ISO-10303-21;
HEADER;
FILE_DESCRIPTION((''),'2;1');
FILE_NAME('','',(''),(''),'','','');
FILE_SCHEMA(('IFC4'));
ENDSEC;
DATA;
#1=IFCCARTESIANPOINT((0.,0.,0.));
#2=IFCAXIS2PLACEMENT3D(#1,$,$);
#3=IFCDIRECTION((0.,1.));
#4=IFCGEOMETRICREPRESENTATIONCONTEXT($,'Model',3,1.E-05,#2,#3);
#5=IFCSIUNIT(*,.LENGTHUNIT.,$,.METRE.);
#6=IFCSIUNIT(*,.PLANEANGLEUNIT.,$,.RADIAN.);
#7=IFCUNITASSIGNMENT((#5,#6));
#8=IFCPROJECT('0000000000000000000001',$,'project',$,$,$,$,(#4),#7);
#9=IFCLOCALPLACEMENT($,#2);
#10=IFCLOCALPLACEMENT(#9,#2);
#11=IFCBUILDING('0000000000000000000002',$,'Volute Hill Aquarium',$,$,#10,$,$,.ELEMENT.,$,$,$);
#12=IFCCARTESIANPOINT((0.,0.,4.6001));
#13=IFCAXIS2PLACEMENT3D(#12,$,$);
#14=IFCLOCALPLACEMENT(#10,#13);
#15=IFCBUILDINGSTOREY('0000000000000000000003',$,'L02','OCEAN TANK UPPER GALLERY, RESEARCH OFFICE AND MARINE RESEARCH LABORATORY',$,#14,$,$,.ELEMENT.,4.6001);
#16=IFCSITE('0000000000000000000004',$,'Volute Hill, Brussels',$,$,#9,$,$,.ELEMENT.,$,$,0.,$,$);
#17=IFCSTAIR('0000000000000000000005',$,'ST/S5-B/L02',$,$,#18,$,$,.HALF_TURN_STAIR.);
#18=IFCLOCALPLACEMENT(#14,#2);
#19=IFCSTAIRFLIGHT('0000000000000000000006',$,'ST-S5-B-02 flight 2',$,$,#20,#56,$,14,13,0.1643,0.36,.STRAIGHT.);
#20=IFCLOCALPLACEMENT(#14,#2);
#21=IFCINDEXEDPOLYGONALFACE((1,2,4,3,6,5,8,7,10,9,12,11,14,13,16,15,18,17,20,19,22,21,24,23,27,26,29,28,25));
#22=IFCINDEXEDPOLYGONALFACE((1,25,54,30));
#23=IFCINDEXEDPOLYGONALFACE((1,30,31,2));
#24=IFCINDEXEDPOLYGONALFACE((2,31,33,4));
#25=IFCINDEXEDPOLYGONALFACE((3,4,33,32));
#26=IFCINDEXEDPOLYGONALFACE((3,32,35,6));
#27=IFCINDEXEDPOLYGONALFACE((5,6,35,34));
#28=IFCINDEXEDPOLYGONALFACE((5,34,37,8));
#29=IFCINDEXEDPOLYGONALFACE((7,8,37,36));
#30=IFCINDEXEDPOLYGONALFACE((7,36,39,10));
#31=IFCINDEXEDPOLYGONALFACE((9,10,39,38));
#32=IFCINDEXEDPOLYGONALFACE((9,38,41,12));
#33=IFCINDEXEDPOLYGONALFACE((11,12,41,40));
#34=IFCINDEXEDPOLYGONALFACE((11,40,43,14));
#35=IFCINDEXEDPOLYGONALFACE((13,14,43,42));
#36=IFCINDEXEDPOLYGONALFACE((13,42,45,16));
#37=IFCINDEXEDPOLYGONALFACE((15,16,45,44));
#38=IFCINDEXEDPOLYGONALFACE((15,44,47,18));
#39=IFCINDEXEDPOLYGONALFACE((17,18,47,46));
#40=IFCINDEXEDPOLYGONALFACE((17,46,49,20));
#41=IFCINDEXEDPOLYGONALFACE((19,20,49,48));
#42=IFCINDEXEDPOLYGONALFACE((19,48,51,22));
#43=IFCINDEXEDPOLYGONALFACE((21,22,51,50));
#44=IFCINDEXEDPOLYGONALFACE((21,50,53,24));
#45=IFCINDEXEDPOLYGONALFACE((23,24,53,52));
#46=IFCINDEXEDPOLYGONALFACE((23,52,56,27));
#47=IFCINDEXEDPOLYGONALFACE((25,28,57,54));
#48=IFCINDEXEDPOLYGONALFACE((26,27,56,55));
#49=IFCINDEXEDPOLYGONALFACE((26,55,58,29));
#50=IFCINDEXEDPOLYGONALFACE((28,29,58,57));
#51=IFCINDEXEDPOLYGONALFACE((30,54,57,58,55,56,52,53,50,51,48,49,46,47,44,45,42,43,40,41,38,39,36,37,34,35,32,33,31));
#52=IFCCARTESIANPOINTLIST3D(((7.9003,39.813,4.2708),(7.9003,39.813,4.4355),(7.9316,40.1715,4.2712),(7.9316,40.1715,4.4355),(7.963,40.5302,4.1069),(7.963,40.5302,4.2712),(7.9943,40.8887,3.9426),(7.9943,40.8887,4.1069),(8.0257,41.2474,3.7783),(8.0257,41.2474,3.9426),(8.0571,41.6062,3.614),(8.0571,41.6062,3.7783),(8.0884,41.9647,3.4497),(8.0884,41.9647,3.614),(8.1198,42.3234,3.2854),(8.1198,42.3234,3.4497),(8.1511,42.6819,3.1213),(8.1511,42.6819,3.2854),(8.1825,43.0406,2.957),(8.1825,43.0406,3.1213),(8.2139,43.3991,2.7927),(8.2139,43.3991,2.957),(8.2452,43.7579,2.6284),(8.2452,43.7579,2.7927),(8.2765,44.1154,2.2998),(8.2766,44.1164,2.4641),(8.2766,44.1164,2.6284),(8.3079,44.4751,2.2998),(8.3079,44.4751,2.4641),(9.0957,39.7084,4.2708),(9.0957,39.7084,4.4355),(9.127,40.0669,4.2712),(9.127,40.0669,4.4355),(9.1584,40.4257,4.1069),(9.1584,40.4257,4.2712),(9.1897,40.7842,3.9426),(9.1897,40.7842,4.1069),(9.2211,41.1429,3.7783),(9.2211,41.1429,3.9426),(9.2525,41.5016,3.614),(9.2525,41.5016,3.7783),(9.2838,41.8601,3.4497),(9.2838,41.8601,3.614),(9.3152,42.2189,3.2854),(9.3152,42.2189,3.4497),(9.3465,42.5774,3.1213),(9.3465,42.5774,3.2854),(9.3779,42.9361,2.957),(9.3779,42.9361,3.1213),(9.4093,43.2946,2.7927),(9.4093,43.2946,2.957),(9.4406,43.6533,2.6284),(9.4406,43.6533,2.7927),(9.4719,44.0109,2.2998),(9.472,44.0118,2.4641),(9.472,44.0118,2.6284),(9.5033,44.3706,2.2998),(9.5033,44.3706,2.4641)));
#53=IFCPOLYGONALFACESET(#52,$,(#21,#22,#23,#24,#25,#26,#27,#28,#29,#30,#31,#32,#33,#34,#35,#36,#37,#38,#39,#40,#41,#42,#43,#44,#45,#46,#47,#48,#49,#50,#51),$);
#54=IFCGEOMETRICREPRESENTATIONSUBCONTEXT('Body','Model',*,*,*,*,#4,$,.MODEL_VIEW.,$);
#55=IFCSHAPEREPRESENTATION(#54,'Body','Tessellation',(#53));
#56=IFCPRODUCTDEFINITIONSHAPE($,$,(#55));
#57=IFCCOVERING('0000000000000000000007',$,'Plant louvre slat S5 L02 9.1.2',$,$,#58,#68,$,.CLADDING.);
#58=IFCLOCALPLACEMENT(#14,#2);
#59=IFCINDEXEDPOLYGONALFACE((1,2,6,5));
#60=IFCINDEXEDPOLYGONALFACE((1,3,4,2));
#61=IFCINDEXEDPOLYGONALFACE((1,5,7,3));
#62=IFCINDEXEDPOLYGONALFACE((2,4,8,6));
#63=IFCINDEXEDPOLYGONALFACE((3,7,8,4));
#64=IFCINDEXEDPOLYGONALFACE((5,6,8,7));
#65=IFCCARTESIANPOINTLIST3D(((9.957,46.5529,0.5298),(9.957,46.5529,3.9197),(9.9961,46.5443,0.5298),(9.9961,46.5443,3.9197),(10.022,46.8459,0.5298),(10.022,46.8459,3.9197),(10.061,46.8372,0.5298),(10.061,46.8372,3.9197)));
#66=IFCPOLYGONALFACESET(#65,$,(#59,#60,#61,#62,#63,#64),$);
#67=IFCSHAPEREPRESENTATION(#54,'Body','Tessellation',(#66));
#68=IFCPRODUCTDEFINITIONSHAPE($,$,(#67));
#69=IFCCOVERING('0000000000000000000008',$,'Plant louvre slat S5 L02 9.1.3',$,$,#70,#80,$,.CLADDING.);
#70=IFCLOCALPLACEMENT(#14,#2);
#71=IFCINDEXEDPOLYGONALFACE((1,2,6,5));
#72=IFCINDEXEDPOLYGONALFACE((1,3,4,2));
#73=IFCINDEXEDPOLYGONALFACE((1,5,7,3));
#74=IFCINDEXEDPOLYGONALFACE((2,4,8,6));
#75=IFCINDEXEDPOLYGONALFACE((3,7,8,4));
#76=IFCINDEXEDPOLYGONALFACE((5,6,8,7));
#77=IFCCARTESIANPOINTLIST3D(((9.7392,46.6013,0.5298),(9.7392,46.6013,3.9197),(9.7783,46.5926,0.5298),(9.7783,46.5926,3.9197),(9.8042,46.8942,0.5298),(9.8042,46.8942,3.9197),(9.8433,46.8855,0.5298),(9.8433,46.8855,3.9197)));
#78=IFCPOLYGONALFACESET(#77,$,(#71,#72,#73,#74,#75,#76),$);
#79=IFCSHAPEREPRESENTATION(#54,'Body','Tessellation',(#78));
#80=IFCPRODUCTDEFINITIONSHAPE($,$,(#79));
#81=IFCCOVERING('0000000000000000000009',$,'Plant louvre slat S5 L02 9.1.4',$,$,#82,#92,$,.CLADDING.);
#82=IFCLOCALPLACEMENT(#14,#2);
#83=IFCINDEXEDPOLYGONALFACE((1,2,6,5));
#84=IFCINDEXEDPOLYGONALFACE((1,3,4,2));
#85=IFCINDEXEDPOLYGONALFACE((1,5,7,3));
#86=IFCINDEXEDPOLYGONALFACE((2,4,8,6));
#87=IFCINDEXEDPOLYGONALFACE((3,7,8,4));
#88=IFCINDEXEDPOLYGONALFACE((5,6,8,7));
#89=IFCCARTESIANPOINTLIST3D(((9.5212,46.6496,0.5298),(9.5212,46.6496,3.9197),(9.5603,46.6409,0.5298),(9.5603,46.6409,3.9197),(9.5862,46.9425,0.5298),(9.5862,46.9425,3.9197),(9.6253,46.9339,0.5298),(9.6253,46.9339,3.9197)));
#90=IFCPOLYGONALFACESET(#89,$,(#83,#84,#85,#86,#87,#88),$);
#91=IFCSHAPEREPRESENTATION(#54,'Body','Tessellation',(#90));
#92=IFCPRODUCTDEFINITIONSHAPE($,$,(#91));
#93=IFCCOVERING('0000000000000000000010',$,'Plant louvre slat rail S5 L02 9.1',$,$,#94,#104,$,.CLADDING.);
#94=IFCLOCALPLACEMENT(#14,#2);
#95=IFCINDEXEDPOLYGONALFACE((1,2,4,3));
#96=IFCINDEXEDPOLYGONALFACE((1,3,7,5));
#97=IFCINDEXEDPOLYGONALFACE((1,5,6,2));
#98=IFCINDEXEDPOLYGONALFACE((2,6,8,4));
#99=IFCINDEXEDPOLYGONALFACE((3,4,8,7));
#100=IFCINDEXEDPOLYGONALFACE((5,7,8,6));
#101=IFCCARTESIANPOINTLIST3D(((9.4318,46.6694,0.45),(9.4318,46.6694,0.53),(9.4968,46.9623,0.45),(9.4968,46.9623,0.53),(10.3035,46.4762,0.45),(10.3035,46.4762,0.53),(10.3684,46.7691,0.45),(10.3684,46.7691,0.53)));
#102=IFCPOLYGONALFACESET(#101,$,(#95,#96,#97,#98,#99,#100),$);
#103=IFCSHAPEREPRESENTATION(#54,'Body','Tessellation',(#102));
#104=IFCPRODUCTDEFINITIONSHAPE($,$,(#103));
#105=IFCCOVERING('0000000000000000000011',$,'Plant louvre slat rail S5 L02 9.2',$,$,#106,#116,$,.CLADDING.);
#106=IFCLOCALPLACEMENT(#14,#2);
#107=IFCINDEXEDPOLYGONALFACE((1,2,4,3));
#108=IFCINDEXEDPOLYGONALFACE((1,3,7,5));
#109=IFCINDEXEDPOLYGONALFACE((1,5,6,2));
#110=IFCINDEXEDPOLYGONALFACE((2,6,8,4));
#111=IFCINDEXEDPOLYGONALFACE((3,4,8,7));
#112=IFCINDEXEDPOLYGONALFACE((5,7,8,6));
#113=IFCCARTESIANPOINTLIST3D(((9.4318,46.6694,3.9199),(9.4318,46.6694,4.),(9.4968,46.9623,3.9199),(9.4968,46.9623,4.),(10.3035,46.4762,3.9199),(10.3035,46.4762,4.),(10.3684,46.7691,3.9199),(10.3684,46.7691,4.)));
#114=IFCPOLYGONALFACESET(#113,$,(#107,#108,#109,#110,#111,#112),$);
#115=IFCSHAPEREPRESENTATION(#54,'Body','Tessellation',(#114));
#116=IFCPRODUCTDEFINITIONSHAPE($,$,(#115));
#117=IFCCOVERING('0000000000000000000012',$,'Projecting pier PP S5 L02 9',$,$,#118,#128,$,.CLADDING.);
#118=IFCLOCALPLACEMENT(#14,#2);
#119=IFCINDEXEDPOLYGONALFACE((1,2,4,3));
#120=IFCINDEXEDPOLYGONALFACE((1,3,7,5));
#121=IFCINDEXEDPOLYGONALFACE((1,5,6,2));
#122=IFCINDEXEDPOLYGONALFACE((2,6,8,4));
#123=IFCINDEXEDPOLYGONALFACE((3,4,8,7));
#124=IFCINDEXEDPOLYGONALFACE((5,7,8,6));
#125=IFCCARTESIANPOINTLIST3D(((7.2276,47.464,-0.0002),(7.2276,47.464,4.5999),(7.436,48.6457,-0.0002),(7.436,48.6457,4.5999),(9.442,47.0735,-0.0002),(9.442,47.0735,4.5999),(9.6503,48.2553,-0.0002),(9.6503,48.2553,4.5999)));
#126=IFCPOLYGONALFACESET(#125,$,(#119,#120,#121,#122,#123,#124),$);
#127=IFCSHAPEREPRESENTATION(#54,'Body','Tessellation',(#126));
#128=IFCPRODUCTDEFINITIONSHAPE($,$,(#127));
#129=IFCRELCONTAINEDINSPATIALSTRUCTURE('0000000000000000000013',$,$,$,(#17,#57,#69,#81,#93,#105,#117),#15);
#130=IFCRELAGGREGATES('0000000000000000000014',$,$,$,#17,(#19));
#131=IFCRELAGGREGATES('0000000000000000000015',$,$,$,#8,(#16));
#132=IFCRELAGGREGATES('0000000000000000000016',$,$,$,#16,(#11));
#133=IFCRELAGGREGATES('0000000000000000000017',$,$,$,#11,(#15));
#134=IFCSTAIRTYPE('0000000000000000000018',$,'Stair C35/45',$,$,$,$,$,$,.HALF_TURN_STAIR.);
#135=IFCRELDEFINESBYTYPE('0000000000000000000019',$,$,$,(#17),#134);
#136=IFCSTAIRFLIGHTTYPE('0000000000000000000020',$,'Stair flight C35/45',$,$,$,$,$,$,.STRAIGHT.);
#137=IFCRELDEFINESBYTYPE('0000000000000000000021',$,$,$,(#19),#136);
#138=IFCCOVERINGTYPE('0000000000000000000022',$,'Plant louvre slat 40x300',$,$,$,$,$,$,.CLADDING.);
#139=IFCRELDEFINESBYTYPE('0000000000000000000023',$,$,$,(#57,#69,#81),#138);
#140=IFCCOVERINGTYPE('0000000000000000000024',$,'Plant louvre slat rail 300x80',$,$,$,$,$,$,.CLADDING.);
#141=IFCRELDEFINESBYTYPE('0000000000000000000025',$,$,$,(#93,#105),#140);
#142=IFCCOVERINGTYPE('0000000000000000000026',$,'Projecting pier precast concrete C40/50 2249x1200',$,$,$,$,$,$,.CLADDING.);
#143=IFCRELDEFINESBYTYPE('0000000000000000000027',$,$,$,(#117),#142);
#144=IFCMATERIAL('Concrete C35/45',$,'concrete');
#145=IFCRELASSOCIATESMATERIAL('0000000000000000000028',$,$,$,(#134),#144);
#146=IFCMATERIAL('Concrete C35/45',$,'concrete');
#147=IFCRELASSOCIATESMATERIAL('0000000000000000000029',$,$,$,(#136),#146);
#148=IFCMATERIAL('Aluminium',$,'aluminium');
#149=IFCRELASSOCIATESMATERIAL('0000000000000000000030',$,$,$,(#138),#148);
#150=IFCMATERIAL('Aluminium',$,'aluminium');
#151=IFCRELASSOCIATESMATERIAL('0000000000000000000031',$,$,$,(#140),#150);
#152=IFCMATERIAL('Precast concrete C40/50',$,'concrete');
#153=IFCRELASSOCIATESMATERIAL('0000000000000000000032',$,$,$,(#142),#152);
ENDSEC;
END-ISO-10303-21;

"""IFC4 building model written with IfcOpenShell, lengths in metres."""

from ifc_helpers import new_model, si_unit, direction, frame, origin, origin_2d, place, context, subcontext, project, spatial, polyline, rectangle, outline, extrude, material, type_object, element, aggregate, save


model = new_model("IFC4")

# Units and contexts
model_context = context("Model", 3, precision=1e-05, world=origin(), true_north=direction((0.0, 1.0)))
body_context = subcontext(model_context, "Body", "Model", "MODEL_VIEW")
ifc_project = project(units=[si_unit("LENGTHUNIT", "METRE"), si_unit("PLANEANGLEUNIT", "RADIAN")], contexts=[model_context])

# Site, building, storey
site_placement = place(None, origin())
site = spatial("IfcSite", under=ifc_project, at=site_placement, Name="Volute Hill, Brussels", CompositionType="ELEMENT", RefElevation=0.0)
building_placement = place(site_placement, origin())
building = spatial("IfcBuilding", under=site, at=building_placement, Name="Volute Hill Aquarium", CompositionType="ELEMENT")
storey_placement = place(building_placement, frame((0.0, 0.0, 4.6001)))
storey = spatial("IfcBuildingStorey", under=building, at=storey_placement, Name="L02", Description="OCEAN TANK UPPER GALLERY, RESEARCH OFFICE AND MARINE RESEARCH LABORATORY", CompositionType="ELEMENT", Elevation=4.6001)

# Stair, stair flight
ifc_material_1 = material(Name="Concrete C35/45", Category="concrete")
stair_type = type_object("IfcStairType", Name="Stair C35/45", PredefinedType="HALF_TURN_STAIR", material=ifc_material_1)
stair_placement = place(storey_placement, origin())
stair = element("IfcStair", 1, at=stair_placement, inside=storey, type_object=stair_type, Name="ST/S5-B/L02", PredefinedType="HALF_TURN_STAIR")
ifc_material_2 = material(Name="Concrete C35/45", Category="concrete")
stair_flight_type = type_object("IfcStairFlightType", Name="Stair flight C35/45", PredefinedType="STRAIGHT", material=ifc_material_2)
stair_flight_placement = place(storey_placement, frame((8.9055, 44.4229, 2.2998), z_axis=(0.0, 0.0, 1.0), x_axis=(-0.087109, -0.996199, 0.0)))
stair_flight = element("IfcStairFlight", 2, at=stair_flight_placement, type_object=stair_flight_type, Name="ST-S5-B-02 flight 2", NumberOfRisers=14, NumberOfTreads=13, PredefinedType="STRAIGHT", RiserHeight=0.1643, TreadLength=0.36, context=body_context, shape_type="SweptSolid", body=[
    extrude(outline(polyline([(0.0, 0.0), (0.0, 0.1643), (0.3601, 0.1643), (0.3601, 0.3286), (0.72, 0.3286), (0.72, 0.4929), (1.0801, 0.4929), (1.0801, 0.6572), (1.4399, 0.6572), (1.4399, 0.8215), (1.8, 0.8215), (1.8, 0.9856), (2.1599, 0.9856), (2.1599, 1.1499), (2.52, 1.1499), (2.52, 1.3142), (2.8799, 1.3142), (2.8799, 1.4785), (3.24, 1.4785), (3.24, 1.6428), (3.6001, 1.6428), (3.6001, 1.8071), (3.96, 1.8071), (3.96, 1.9714), (4.3201, 1.9714), (4.3201, 2.1357), (4.6799, 2.1357), (4.6799, 2.3), (4.6799, 1.9709), (0.3611, 0.0), (0.0, 0.0)])), frame((0.0, 0.6001, 0.0), z_axis=(0.0, -1.0, 0.0), x_axis=(1.0, 0.0, 0.0)), (0.0, 0.0, 1.0), 1.2),
])
aggregate(stair, [stair_flight])

# Coverings
ifc_material_3 = material(Name="Aluminium", Category="aluminium")
covering_type_1 = type_object("IfcCoveringType", Name="Plant louvre slat 40x300", PredefinedType="CLADDING", material=ifc_material_3)
for number, where, z_axis, x_axis, name in (
    (3, (10.009, 46.6951, 0.5298), (0.0, 0.0, 1.0), (-0.9763, 0.216423, 0.0), "Plant louvre slat S5 L02 9.1.2"),
    (4, (9.7913, 46.7434, 0.5298), (0.0, 0.0, 1.0), (-0.9763, 0.216423, 0.0), "Plant louvre slat S5 L02 9.1.3"),
    (5, (9.5732, 46.7917, 0.5298), (0.0, 0.0, 1.0), (-0.9763, 0.216423, 0.0), "Plant louvre slat S5 L02 9.1.4"),
):
    element("IfcCovering", number, at=place(storey_placement, frame(where, z_axis=z_axis, x_axis=x_axis)), inside=storey, type_object=covering_type_1, Name=name, PredefinedType="CLADDING", context=body_context, shape_type="SweptSolid", body=[
        extrude(rectangle(XDim=0.04, YDim=0.3, at=origin_2d()), origin(), (0.0, 0.0, 1.0), 3.3899),
    ])
ifc_material_4 = material(Name="Aluminium", Category="aluminium")
covering_type_2 = type_object("IfcCoveringType", Name="Plant louvre slat rail 300x80", PredefinedType="CLADDING", material=ifc_material_4)
for number, where, z_axis, x_axis, name in (
    (6, (9.9001, 46.7192, 0.45), (0.0, 0.0, 1.0), (-0.9763, 0.216423, 0.0), "Plant louvre slat rail S5 L02 9.1"),
    (7, (9.9001, 46.7192, 3.9199), (0.0, 0.0, 1.0), (-0.9763, 0.216423, 0.0), "Plant louvre slat rail S5 L02 9.2"),
):
    element("IfcCovering", number, at=place(storey_placement, frame(where, z_axis=z_axis, x_axis=x_axis)), inside=storey, type_object=covering_type_2, Name=name, PredefinedType="CLADDING", context=body_context, shape_type="SweptSolid", body=[
        extrude(rectangle(XDim=0.8928, YDim=0.3, at=origin_2d()), origin(), (0.0, 0.0, 1.0), 0.0801),
    ])
ifc_material_5 = material(Name="Precast concrete C40/50", Category="concrete")
covering_type_3 = type_object("IfcCoveringType", Name="Projecting pier precast concrete C40/50 2249x1200", PredefinedType="CLADDING", material=ifc_material_5)
covering_placement = place(storey_placement, frame((8.439, 47.8596, -0.0002), z_axis=(0.0, 0.0, 1.0), x_axis=(-0.984808, 0.173648, 0.0)))
element("IfcCovering", 8, at=covering_placement, inside=storey, type_object=covering_type_3, Name="Projecting pier PP S5 L02 9", PredefinedType="CLADDING", context=body_context, shape_type="SweptSolid", body=[
    extrude(rectangle(XDim=2.2485, YDim=1.2, at=origin_2d()), origin(), (0.0, 0.0, 1.0), 4.6001),
])

save(model, "model.ifc")
